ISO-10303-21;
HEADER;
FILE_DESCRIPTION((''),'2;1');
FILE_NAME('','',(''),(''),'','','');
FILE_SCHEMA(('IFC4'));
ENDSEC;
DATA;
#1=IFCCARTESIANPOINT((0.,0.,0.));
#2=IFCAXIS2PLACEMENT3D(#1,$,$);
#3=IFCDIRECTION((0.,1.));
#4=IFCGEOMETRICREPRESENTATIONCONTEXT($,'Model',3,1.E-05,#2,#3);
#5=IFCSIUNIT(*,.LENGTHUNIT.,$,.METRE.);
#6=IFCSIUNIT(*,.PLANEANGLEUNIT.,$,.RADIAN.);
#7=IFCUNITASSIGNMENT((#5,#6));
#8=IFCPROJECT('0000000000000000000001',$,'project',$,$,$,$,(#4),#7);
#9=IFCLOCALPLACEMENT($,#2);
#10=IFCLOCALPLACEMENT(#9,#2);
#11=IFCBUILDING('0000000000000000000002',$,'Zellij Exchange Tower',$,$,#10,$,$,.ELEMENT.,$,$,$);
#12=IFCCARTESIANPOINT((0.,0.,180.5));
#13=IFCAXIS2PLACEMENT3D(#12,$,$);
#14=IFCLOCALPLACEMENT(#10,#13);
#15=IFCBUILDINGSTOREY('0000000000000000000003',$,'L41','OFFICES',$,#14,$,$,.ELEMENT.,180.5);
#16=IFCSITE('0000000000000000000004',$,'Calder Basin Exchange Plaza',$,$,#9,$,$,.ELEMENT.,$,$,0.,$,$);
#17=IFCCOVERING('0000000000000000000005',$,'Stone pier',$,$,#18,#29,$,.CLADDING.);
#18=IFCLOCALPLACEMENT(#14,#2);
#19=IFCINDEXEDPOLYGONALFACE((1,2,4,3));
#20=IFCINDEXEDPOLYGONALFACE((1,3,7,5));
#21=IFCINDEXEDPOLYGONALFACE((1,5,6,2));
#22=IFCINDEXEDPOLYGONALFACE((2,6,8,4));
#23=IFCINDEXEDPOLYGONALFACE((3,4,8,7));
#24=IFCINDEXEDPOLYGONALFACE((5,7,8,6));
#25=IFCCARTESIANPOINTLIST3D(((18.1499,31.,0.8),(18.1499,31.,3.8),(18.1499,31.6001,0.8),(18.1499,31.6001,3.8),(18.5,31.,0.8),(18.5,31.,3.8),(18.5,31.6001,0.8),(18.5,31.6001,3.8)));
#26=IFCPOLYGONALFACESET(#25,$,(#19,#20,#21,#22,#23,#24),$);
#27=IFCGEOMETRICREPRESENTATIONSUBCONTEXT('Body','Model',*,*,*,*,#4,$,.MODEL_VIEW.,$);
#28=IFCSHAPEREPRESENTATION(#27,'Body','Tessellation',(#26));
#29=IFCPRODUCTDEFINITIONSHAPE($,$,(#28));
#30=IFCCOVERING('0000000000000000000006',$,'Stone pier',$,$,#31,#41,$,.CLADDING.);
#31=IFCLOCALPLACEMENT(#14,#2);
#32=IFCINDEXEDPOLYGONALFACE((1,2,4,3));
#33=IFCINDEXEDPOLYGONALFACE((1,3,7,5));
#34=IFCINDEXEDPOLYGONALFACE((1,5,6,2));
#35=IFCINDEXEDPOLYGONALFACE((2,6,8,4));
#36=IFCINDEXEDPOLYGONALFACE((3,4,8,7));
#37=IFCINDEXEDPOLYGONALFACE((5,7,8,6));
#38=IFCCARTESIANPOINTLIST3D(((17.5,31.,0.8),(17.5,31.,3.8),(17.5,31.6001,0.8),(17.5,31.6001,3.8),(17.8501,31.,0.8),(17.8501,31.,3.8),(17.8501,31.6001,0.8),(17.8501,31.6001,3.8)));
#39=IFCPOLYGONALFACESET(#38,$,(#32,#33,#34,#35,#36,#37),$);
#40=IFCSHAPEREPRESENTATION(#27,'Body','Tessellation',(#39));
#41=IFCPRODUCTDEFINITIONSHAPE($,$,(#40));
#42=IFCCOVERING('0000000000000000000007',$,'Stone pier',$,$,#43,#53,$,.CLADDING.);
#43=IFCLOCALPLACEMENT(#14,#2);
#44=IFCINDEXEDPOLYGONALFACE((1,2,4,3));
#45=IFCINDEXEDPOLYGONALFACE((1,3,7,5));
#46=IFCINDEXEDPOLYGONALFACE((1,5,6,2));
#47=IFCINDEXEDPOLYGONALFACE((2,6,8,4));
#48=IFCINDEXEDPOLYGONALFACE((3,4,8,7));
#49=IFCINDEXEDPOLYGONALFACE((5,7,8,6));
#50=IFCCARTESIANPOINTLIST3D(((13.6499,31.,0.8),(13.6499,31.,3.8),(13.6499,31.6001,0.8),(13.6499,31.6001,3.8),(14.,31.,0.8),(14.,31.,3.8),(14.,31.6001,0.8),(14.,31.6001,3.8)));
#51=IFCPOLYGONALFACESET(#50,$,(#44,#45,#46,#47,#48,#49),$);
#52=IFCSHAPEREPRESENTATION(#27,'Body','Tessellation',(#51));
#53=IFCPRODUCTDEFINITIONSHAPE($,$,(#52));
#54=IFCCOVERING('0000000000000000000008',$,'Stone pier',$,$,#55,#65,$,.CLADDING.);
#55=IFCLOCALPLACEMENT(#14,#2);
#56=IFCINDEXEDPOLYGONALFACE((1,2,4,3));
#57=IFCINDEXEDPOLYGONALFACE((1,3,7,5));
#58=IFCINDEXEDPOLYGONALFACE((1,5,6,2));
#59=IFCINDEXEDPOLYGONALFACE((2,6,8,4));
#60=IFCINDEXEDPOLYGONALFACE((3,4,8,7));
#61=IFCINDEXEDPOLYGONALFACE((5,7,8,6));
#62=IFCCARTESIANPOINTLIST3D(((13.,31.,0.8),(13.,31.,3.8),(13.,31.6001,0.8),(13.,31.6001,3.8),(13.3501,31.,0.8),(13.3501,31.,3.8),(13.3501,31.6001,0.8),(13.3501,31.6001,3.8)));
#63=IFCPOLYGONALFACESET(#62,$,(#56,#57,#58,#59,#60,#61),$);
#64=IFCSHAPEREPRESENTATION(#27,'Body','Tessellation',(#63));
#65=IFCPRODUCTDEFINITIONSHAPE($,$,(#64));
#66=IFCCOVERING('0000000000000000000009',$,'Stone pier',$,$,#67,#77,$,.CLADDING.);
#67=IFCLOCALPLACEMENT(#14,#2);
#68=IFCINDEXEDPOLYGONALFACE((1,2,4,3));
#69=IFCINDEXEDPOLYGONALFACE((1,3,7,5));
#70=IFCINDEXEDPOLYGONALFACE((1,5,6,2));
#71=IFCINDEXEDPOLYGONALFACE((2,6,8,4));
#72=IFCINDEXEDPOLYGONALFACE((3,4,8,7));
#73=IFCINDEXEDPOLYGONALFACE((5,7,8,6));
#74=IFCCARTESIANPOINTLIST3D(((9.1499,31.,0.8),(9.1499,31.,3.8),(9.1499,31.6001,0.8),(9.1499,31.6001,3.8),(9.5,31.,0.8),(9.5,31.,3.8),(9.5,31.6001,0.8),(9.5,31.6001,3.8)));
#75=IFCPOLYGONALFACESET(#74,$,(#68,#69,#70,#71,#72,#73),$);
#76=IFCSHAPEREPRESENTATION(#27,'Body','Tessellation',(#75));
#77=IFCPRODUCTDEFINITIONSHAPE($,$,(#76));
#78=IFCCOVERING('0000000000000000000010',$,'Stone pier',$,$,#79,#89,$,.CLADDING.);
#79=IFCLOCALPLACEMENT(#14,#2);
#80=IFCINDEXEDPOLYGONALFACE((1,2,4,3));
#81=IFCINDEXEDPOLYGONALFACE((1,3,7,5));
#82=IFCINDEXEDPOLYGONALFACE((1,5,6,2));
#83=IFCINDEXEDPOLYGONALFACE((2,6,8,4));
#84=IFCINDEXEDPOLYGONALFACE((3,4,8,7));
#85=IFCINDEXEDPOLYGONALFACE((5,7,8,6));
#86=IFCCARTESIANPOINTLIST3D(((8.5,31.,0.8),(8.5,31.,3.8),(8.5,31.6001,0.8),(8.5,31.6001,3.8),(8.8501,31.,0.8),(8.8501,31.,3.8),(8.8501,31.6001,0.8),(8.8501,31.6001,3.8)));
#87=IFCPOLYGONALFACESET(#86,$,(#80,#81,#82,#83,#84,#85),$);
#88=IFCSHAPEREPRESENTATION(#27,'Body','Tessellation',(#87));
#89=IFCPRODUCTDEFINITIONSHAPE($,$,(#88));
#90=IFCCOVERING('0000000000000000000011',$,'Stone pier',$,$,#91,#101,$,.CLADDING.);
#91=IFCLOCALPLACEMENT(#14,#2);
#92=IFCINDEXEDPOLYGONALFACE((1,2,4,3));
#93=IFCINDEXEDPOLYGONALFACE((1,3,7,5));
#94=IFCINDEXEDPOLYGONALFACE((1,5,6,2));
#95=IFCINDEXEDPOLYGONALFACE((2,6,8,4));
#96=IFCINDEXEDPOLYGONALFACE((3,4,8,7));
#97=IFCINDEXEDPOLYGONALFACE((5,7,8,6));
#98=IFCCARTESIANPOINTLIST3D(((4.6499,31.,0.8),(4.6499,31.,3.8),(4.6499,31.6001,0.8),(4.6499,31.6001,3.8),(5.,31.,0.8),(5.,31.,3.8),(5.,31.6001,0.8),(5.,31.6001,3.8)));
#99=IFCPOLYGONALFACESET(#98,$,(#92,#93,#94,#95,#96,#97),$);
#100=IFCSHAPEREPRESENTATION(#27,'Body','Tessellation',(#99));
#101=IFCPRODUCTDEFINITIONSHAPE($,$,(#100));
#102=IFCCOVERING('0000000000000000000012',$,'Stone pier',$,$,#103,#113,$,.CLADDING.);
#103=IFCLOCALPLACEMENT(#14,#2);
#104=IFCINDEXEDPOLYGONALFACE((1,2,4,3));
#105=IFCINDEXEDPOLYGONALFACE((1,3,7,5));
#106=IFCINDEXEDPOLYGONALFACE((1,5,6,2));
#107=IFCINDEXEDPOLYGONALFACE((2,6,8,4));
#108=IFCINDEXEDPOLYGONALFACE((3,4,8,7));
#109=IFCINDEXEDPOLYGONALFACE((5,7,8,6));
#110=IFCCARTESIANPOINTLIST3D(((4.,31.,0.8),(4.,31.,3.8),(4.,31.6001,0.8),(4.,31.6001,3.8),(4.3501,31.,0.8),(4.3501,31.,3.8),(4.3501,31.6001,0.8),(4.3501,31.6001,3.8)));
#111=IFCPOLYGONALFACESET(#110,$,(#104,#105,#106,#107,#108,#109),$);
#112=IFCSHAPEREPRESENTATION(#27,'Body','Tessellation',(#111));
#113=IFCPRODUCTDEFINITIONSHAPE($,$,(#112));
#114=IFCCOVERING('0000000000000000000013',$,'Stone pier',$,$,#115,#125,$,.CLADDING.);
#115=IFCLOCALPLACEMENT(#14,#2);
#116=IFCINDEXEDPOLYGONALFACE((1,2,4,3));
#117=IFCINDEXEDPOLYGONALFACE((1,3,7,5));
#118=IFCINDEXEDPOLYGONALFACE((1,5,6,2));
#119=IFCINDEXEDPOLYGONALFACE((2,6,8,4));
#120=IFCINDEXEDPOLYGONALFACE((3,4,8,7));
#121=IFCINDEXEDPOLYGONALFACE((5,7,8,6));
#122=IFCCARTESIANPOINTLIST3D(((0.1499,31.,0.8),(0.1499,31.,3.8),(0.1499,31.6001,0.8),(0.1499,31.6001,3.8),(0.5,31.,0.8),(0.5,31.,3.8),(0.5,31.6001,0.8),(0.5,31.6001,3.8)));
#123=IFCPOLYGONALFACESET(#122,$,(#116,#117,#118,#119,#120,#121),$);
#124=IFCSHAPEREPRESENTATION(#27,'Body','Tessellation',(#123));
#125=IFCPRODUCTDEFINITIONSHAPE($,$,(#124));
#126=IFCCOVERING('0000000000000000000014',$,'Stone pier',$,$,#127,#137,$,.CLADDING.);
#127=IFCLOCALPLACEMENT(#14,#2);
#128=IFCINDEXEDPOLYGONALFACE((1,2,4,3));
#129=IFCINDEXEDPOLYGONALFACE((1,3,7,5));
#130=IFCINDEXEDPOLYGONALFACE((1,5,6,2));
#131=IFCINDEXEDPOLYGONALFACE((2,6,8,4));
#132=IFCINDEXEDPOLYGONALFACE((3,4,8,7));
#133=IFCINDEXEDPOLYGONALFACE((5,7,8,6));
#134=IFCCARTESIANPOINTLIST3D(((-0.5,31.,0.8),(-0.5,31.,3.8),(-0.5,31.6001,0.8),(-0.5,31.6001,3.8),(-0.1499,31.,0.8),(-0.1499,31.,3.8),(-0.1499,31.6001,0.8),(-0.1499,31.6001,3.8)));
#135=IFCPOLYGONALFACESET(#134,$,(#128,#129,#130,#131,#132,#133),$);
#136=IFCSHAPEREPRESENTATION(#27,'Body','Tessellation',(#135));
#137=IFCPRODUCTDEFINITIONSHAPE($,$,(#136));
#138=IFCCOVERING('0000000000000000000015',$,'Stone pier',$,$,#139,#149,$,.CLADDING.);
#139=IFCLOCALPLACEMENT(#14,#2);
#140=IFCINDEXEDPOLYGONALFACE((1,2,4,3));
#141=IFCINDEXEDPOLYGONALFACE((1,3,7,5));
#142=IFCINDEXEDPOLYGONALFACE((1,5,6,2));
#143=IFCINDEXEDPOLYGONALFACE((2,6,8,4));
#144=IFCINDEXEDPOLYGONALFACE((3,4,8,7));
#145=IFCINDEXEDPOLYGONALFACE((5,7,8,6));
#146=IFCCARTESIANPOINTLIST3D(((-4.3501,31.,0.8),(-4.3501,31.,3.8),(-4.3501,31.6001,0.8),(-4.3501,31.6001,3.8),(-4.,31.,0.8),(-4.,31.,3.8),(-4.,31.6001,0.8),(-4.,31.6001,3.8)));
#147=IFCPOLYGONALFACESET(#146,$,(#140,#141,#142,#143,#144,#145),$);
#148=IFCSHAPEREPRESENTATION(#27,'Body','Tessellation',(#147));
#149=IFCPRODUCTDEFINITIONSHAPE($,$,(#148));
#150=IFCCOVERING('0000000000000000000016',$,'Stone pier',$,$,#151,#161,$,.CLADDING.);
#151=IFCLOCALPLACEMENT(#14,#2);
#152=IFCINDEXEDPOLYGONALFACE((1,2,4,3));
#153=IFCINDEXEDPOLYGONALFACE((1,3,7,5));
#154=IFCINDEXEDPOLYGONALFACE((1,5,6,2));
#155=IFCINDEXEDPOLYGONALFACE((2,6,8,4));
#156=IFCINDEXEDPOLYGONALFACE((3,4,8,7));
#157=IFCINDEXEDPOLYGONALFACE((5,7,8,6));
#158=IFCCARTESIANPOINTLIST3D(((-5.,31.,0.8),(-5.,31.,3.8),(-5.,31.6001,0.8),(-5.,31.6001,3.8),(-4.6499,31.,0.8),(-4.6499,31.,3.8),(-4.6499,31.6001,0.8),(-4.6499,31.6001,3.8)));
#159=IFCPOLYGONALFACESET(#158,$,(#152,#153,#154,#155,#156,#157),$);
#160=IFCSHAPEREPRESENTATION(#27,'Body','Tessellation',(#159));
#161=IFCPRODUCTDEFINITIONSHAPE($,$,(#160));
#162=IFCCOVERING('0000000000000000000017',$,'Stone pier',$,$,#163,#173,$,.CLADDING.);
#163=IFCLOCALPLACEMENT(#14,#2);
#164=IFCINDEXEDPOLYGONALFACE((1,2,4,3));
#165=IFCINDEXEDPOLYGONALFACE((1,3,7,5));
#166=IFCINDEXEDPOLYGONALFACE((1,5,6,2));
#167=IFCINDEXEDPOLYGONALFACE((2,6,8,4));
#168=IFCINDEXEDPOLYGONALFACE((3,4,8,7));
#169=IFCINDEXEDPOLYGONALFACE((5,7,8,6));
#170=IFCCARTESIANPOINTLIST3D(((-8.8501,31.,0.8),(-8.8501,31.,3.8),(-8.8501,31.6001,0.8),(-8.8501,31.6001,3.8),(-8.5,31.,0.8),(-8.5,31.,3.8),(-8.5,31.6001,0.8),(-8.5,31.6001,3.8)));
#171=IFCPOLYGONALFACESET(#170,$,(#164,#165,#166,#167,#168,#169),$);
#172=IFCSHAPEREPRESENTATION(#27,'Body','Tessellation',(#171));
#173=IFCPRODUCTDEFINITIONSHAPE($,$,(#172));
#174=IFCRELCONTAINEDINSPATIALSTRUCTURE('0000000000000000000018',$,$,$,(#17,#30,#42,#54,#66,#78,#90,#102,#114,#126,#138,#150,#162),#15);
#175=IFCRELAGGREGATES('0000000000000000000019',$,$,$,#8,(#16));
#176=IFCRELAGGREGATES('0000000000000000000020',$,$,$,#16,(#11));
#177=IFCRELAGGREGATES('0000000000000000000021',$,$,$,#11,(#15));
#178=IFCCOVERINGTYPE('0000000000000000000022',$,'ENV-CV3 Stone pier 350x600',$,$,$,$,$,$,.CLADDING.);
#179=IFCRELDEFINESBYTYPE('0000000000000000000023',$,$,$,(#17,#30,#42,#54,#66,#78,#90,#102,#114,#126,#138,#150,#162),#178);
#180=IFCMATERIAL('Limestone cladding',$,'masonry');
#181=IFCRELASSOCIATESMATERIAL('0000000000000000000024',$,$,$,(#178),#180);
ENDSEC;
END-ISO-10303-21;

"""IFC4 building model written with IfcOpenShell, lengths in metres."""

from ifc_helpers import new_model, si_unit, direction, frame, origin, place, context, subcontext, project, spatial, polyline, outline, extrude, material, type_object, element, save


model = new_model("IFC4")

# Units and contexts
model_context = context("Model", 3, precision=1e-05, world=origin(), true_north=direction((0.0, 1.0)))
body_context = subcontext(model_context, "Body", "Model", "MODEL_VIEW")
ifc_project = project(units=[si_unit("LENGTHUNIT", "METRE"), si_unit("PLANEANGLEUNIT", "RADIAN")], contexts=[model_context])

# Site, building, storey
site_placement = place(None, origin())
site = spatial("IfcSite", under=ifc_project, at=site_placement, Name="Calder Basin Exchange Plaza", CompositionType="ELEMENT", RefElevation=0.0)
building_placement = place(site_placement, origin())
building = spatial("IfcBuilding", under=site, at=building_placement, Name="Zellij Exchange Tower", CompositionType="ELEMENT")
storey_placement = place(building_placement, frame((0.0, 0.0, 180.5)))
storey = spatial("IfcBuildingStorey", under=building, at=storey_placement, Name="L41", Description="OFFICES", CompositionType="ELEMENT", Elevation=180.5)

# Coverings
ifc_material = material(Name="Limestone cladding", Category="masonry")
covering_type = type_object("IfcCoveringType", Name="ENV-CV3 Stone pier 350x600", PredefinedType="CLADDING", material=ifc_material)
covering_1_placement = place(storey_placement, frame((0.0, 0.0, 0.8)))
element("IfcCovering", 1, at=covering_1_placement, inside=storey, type_object=covering_type, Name="Stone pier", PredefinedType="CLADDING", context=body_context, shape_type="SweptSolid", body=[
    extrude(outline(polyline([(18.5, 31.0), (18.1499, 31.0), (18.1499, 31.6001), (18.5, 31.6001), (18.5, 31.0)])), origin(), (0.0, 0.0, 1.0), 3.0),
])
covering_2_placement = place(storey_placement, frame((0.0, 0.0, 0.8)))
element("IfcCovering", 2, at=covering_2_placement, inside=storey, type_object=covering_type, Name="Stone pier", PredefinedType="CLADDING", context=body_context, shape_type="SweptSolid", body=[
    extrude(outline(polyline([(17.8501, 31.0), (17.5, 31.0), (17.5, 31.6001), (17.8501, 31.6001), (17.8501, 31.0)])), origin(), (0.0, 0.0, 1.0), 3.0),
])
covering_3_placement = place(storey_placement, frame((0.0, 0.0, 0.8)))
element("IfcCovering", 3, at=covering_3_placement, inside=storey, type_object=covering_type, Name="Stone pier", PredefinedType="CLADDING", context=body_context, shape_type="SweptSolid", body=[
    extrude(outline(polyline([(14.0, 31.0), (13.6499, 31.0), (13.6499, 31.6001), (14.0, 31.6001), (14.0, 31.0)])), origin(), (0.0, 0.0, 1.0), 3.0),
])
covering_4_placement = place(storey_placement, frame((0.0, 0.0, 0.8)))
element("IfcCovering", 4, at=covering_4_placement, inside=storey, type_object=covering_type, Name="Stone pier", PredefinedType="CLADDING", context=body_context, shape_type="SweptSolid", body=[
    extrude(outline(polyline([(13.3501, 31.0), (13.0, 31.0), (13.0, 31.6001), (13.3501, 31.6001), (13.3501, 31.0)])), origin(), (0.0, 0.0, 1.0), 3.0),
])
covering_5_placement = place(storey_placement, frame((0.0, 0.0, 0.8)))
element("IfcCovering", 5, at=covering_5_placement, inside=storey, type_object=covering_type, Name="Stone pier", PredefinedType="CLADDING", context=body_context, shape_type="SweptSolid", body=[
    extrude(outline(polyline([(9.5, 31.0), (9.1499, 31.0), (9.1499, 31.6001), (9.5, 31.6001), (9.5, 31.0)])), origin(), (0.0, 0.0, 1.0), 3.0),
])
covering_6_placement = place(storey_placement, frame((0.0, 0.0, 0.8)))
element("IfcCovering", 6, at=covering_6_placement, inside=storey, type_object=covering_type, Name="Stone pier", PredefinedType="CLADDING", context=body_context, shape_type="SweptSolid", body=[
    extrude(outline(polyline([(8.8501, 31.0), (8.5, 31.0), (8.5, 31.6001), (8.8501, 31.6001), (8.8501, 31.0)])), origin(), (0.0, 0.0, 1.0), 3.0),
])
covering_7_placement = place(storey_placement, frame((0.0, 0.0, 0.8)))
element("IfcCovering", 7, at=covering_7_placement, inside=storey, type_object=covering_type, Name="Stone pier", PredefinedType="CLADDING", context=body_context, shape_type="SweptSolid", body=[
    extrude(outline(polyline([(5.0, 31.0), (4.6499, 31.0), (4.6499, 31.6001), (5.0, 31.6001), (5.0, 31.0)])), origin(), (0.0, 0.0, 1.0), 3.0),
])
covering_8_placement = place(storey_placement, frame((0.0, 0.0, 0.8)))
element("IfcCovering", 8, at=covering_8_placement, inside=storey, type_object=covering_type, Name="Stone pier", PredefinedType="CLADDING", context=body_context, shape_type="SweptSolid", body=[
    extrude(outline(polyline([(4.3501, 31.0), (4.0, 31.0), (4.0, 31.6001), (4.3501, 31.6001), (4.3501, 31.0)])), origin(), (0.0, 0.0, 1.0), 3.0),
])
covering_9_placement = place(storey_placement, frame((0.0, 0.0, 0.8)))
element("IfcCovering", 9, at=covering_9_placement, inside=storey, type_object=covering_type, Name="Stone pier", PredefinedType="CLADDING", context=body_context, shape_type="SweptSolid", body=[
    extrude(outline(polyline([(0.5, 31.0), (0.1499, 31.0), (0.1499, 31.6001), (0.5, 31.6001), (0.5, 31.0)])), origin(), (0.0, 0.0, 1.0), 3.0),
])
covering_10_placement = place(storey_placement, frame((0.0, 0.0, 0.8)))
element("IfcCovering", 10, at=covering_10_placement, inside=storey, type_object=covering_type, Name="Stone pier", PredefinedType="CLADDING", context=body_context, shape_type="SweptSolid", body=[
    extrude(outline(polyline([(-0.1499, 31.0), (-0.5, 31.0), (-0.5, 31.6001), (-0.1499, 31.6001), (-0.1499, 31.0)])), origin(), (0.0, 0.0, 1.0), 3.0),
])
covering_11_placement = place(storey_placement, frame((0.0, 0.0, 0.8)))
element("IfcCovering", 11, at=covering_11_placement, inside=storey, type_object=covering_type, Name="Stone pier", PredefinedType="CLADDING", context=body_context, shape_type="SweptSolid", body=[
    extrude(outline(polyline([(-4.0, 31.0), (-4.3501, 31.0), (-4.3501, 31.6001), (-4.0, 31.6001), (-4.0, 31.0)])), origin(), (0.0, 0.0, 1.0), 3.0),
])
covering_12_placement = place(storey_placement, frame((0.0, 0.0, 0.8)))
element("IfcCovering", 12, at=covering_12_placement, inside=storey, type_object=covering_type, Name="Stone pier", PredefinedType="CLADDING", context=body_context, shape_type="SweptSolid", body=[
    extrude(outline(polyline([(-4.6499, 31.0), (-5.0, 31.0), (-5.0, 31.6001), (-4.6499, 31.6001), (-4.6499, 31.0)])), origin(), (0.0, 0.0, 1.0), 3.0),
])
covering_13_placement = place(storey_placement, frame((0.0, 0.0, 0.8)))
element("IfcCovering", 13, at=covering_13_placement, inside=storey, type_object=covering_type, Name="Stone pier", PredefinedType="CLADDING", context=body_context, shape_type="SweptSolid", body=[
    extrude(outline(polyline([(-8.5, 31.0), (-8.8501, 31.0), (-8.8501, 31.6001), (-8.5, 31.6001), (-8.5, 31.0)])), origin(), (0.0, 0.0, 1.0), 3.0),
])

save(model, "model.ifc")
